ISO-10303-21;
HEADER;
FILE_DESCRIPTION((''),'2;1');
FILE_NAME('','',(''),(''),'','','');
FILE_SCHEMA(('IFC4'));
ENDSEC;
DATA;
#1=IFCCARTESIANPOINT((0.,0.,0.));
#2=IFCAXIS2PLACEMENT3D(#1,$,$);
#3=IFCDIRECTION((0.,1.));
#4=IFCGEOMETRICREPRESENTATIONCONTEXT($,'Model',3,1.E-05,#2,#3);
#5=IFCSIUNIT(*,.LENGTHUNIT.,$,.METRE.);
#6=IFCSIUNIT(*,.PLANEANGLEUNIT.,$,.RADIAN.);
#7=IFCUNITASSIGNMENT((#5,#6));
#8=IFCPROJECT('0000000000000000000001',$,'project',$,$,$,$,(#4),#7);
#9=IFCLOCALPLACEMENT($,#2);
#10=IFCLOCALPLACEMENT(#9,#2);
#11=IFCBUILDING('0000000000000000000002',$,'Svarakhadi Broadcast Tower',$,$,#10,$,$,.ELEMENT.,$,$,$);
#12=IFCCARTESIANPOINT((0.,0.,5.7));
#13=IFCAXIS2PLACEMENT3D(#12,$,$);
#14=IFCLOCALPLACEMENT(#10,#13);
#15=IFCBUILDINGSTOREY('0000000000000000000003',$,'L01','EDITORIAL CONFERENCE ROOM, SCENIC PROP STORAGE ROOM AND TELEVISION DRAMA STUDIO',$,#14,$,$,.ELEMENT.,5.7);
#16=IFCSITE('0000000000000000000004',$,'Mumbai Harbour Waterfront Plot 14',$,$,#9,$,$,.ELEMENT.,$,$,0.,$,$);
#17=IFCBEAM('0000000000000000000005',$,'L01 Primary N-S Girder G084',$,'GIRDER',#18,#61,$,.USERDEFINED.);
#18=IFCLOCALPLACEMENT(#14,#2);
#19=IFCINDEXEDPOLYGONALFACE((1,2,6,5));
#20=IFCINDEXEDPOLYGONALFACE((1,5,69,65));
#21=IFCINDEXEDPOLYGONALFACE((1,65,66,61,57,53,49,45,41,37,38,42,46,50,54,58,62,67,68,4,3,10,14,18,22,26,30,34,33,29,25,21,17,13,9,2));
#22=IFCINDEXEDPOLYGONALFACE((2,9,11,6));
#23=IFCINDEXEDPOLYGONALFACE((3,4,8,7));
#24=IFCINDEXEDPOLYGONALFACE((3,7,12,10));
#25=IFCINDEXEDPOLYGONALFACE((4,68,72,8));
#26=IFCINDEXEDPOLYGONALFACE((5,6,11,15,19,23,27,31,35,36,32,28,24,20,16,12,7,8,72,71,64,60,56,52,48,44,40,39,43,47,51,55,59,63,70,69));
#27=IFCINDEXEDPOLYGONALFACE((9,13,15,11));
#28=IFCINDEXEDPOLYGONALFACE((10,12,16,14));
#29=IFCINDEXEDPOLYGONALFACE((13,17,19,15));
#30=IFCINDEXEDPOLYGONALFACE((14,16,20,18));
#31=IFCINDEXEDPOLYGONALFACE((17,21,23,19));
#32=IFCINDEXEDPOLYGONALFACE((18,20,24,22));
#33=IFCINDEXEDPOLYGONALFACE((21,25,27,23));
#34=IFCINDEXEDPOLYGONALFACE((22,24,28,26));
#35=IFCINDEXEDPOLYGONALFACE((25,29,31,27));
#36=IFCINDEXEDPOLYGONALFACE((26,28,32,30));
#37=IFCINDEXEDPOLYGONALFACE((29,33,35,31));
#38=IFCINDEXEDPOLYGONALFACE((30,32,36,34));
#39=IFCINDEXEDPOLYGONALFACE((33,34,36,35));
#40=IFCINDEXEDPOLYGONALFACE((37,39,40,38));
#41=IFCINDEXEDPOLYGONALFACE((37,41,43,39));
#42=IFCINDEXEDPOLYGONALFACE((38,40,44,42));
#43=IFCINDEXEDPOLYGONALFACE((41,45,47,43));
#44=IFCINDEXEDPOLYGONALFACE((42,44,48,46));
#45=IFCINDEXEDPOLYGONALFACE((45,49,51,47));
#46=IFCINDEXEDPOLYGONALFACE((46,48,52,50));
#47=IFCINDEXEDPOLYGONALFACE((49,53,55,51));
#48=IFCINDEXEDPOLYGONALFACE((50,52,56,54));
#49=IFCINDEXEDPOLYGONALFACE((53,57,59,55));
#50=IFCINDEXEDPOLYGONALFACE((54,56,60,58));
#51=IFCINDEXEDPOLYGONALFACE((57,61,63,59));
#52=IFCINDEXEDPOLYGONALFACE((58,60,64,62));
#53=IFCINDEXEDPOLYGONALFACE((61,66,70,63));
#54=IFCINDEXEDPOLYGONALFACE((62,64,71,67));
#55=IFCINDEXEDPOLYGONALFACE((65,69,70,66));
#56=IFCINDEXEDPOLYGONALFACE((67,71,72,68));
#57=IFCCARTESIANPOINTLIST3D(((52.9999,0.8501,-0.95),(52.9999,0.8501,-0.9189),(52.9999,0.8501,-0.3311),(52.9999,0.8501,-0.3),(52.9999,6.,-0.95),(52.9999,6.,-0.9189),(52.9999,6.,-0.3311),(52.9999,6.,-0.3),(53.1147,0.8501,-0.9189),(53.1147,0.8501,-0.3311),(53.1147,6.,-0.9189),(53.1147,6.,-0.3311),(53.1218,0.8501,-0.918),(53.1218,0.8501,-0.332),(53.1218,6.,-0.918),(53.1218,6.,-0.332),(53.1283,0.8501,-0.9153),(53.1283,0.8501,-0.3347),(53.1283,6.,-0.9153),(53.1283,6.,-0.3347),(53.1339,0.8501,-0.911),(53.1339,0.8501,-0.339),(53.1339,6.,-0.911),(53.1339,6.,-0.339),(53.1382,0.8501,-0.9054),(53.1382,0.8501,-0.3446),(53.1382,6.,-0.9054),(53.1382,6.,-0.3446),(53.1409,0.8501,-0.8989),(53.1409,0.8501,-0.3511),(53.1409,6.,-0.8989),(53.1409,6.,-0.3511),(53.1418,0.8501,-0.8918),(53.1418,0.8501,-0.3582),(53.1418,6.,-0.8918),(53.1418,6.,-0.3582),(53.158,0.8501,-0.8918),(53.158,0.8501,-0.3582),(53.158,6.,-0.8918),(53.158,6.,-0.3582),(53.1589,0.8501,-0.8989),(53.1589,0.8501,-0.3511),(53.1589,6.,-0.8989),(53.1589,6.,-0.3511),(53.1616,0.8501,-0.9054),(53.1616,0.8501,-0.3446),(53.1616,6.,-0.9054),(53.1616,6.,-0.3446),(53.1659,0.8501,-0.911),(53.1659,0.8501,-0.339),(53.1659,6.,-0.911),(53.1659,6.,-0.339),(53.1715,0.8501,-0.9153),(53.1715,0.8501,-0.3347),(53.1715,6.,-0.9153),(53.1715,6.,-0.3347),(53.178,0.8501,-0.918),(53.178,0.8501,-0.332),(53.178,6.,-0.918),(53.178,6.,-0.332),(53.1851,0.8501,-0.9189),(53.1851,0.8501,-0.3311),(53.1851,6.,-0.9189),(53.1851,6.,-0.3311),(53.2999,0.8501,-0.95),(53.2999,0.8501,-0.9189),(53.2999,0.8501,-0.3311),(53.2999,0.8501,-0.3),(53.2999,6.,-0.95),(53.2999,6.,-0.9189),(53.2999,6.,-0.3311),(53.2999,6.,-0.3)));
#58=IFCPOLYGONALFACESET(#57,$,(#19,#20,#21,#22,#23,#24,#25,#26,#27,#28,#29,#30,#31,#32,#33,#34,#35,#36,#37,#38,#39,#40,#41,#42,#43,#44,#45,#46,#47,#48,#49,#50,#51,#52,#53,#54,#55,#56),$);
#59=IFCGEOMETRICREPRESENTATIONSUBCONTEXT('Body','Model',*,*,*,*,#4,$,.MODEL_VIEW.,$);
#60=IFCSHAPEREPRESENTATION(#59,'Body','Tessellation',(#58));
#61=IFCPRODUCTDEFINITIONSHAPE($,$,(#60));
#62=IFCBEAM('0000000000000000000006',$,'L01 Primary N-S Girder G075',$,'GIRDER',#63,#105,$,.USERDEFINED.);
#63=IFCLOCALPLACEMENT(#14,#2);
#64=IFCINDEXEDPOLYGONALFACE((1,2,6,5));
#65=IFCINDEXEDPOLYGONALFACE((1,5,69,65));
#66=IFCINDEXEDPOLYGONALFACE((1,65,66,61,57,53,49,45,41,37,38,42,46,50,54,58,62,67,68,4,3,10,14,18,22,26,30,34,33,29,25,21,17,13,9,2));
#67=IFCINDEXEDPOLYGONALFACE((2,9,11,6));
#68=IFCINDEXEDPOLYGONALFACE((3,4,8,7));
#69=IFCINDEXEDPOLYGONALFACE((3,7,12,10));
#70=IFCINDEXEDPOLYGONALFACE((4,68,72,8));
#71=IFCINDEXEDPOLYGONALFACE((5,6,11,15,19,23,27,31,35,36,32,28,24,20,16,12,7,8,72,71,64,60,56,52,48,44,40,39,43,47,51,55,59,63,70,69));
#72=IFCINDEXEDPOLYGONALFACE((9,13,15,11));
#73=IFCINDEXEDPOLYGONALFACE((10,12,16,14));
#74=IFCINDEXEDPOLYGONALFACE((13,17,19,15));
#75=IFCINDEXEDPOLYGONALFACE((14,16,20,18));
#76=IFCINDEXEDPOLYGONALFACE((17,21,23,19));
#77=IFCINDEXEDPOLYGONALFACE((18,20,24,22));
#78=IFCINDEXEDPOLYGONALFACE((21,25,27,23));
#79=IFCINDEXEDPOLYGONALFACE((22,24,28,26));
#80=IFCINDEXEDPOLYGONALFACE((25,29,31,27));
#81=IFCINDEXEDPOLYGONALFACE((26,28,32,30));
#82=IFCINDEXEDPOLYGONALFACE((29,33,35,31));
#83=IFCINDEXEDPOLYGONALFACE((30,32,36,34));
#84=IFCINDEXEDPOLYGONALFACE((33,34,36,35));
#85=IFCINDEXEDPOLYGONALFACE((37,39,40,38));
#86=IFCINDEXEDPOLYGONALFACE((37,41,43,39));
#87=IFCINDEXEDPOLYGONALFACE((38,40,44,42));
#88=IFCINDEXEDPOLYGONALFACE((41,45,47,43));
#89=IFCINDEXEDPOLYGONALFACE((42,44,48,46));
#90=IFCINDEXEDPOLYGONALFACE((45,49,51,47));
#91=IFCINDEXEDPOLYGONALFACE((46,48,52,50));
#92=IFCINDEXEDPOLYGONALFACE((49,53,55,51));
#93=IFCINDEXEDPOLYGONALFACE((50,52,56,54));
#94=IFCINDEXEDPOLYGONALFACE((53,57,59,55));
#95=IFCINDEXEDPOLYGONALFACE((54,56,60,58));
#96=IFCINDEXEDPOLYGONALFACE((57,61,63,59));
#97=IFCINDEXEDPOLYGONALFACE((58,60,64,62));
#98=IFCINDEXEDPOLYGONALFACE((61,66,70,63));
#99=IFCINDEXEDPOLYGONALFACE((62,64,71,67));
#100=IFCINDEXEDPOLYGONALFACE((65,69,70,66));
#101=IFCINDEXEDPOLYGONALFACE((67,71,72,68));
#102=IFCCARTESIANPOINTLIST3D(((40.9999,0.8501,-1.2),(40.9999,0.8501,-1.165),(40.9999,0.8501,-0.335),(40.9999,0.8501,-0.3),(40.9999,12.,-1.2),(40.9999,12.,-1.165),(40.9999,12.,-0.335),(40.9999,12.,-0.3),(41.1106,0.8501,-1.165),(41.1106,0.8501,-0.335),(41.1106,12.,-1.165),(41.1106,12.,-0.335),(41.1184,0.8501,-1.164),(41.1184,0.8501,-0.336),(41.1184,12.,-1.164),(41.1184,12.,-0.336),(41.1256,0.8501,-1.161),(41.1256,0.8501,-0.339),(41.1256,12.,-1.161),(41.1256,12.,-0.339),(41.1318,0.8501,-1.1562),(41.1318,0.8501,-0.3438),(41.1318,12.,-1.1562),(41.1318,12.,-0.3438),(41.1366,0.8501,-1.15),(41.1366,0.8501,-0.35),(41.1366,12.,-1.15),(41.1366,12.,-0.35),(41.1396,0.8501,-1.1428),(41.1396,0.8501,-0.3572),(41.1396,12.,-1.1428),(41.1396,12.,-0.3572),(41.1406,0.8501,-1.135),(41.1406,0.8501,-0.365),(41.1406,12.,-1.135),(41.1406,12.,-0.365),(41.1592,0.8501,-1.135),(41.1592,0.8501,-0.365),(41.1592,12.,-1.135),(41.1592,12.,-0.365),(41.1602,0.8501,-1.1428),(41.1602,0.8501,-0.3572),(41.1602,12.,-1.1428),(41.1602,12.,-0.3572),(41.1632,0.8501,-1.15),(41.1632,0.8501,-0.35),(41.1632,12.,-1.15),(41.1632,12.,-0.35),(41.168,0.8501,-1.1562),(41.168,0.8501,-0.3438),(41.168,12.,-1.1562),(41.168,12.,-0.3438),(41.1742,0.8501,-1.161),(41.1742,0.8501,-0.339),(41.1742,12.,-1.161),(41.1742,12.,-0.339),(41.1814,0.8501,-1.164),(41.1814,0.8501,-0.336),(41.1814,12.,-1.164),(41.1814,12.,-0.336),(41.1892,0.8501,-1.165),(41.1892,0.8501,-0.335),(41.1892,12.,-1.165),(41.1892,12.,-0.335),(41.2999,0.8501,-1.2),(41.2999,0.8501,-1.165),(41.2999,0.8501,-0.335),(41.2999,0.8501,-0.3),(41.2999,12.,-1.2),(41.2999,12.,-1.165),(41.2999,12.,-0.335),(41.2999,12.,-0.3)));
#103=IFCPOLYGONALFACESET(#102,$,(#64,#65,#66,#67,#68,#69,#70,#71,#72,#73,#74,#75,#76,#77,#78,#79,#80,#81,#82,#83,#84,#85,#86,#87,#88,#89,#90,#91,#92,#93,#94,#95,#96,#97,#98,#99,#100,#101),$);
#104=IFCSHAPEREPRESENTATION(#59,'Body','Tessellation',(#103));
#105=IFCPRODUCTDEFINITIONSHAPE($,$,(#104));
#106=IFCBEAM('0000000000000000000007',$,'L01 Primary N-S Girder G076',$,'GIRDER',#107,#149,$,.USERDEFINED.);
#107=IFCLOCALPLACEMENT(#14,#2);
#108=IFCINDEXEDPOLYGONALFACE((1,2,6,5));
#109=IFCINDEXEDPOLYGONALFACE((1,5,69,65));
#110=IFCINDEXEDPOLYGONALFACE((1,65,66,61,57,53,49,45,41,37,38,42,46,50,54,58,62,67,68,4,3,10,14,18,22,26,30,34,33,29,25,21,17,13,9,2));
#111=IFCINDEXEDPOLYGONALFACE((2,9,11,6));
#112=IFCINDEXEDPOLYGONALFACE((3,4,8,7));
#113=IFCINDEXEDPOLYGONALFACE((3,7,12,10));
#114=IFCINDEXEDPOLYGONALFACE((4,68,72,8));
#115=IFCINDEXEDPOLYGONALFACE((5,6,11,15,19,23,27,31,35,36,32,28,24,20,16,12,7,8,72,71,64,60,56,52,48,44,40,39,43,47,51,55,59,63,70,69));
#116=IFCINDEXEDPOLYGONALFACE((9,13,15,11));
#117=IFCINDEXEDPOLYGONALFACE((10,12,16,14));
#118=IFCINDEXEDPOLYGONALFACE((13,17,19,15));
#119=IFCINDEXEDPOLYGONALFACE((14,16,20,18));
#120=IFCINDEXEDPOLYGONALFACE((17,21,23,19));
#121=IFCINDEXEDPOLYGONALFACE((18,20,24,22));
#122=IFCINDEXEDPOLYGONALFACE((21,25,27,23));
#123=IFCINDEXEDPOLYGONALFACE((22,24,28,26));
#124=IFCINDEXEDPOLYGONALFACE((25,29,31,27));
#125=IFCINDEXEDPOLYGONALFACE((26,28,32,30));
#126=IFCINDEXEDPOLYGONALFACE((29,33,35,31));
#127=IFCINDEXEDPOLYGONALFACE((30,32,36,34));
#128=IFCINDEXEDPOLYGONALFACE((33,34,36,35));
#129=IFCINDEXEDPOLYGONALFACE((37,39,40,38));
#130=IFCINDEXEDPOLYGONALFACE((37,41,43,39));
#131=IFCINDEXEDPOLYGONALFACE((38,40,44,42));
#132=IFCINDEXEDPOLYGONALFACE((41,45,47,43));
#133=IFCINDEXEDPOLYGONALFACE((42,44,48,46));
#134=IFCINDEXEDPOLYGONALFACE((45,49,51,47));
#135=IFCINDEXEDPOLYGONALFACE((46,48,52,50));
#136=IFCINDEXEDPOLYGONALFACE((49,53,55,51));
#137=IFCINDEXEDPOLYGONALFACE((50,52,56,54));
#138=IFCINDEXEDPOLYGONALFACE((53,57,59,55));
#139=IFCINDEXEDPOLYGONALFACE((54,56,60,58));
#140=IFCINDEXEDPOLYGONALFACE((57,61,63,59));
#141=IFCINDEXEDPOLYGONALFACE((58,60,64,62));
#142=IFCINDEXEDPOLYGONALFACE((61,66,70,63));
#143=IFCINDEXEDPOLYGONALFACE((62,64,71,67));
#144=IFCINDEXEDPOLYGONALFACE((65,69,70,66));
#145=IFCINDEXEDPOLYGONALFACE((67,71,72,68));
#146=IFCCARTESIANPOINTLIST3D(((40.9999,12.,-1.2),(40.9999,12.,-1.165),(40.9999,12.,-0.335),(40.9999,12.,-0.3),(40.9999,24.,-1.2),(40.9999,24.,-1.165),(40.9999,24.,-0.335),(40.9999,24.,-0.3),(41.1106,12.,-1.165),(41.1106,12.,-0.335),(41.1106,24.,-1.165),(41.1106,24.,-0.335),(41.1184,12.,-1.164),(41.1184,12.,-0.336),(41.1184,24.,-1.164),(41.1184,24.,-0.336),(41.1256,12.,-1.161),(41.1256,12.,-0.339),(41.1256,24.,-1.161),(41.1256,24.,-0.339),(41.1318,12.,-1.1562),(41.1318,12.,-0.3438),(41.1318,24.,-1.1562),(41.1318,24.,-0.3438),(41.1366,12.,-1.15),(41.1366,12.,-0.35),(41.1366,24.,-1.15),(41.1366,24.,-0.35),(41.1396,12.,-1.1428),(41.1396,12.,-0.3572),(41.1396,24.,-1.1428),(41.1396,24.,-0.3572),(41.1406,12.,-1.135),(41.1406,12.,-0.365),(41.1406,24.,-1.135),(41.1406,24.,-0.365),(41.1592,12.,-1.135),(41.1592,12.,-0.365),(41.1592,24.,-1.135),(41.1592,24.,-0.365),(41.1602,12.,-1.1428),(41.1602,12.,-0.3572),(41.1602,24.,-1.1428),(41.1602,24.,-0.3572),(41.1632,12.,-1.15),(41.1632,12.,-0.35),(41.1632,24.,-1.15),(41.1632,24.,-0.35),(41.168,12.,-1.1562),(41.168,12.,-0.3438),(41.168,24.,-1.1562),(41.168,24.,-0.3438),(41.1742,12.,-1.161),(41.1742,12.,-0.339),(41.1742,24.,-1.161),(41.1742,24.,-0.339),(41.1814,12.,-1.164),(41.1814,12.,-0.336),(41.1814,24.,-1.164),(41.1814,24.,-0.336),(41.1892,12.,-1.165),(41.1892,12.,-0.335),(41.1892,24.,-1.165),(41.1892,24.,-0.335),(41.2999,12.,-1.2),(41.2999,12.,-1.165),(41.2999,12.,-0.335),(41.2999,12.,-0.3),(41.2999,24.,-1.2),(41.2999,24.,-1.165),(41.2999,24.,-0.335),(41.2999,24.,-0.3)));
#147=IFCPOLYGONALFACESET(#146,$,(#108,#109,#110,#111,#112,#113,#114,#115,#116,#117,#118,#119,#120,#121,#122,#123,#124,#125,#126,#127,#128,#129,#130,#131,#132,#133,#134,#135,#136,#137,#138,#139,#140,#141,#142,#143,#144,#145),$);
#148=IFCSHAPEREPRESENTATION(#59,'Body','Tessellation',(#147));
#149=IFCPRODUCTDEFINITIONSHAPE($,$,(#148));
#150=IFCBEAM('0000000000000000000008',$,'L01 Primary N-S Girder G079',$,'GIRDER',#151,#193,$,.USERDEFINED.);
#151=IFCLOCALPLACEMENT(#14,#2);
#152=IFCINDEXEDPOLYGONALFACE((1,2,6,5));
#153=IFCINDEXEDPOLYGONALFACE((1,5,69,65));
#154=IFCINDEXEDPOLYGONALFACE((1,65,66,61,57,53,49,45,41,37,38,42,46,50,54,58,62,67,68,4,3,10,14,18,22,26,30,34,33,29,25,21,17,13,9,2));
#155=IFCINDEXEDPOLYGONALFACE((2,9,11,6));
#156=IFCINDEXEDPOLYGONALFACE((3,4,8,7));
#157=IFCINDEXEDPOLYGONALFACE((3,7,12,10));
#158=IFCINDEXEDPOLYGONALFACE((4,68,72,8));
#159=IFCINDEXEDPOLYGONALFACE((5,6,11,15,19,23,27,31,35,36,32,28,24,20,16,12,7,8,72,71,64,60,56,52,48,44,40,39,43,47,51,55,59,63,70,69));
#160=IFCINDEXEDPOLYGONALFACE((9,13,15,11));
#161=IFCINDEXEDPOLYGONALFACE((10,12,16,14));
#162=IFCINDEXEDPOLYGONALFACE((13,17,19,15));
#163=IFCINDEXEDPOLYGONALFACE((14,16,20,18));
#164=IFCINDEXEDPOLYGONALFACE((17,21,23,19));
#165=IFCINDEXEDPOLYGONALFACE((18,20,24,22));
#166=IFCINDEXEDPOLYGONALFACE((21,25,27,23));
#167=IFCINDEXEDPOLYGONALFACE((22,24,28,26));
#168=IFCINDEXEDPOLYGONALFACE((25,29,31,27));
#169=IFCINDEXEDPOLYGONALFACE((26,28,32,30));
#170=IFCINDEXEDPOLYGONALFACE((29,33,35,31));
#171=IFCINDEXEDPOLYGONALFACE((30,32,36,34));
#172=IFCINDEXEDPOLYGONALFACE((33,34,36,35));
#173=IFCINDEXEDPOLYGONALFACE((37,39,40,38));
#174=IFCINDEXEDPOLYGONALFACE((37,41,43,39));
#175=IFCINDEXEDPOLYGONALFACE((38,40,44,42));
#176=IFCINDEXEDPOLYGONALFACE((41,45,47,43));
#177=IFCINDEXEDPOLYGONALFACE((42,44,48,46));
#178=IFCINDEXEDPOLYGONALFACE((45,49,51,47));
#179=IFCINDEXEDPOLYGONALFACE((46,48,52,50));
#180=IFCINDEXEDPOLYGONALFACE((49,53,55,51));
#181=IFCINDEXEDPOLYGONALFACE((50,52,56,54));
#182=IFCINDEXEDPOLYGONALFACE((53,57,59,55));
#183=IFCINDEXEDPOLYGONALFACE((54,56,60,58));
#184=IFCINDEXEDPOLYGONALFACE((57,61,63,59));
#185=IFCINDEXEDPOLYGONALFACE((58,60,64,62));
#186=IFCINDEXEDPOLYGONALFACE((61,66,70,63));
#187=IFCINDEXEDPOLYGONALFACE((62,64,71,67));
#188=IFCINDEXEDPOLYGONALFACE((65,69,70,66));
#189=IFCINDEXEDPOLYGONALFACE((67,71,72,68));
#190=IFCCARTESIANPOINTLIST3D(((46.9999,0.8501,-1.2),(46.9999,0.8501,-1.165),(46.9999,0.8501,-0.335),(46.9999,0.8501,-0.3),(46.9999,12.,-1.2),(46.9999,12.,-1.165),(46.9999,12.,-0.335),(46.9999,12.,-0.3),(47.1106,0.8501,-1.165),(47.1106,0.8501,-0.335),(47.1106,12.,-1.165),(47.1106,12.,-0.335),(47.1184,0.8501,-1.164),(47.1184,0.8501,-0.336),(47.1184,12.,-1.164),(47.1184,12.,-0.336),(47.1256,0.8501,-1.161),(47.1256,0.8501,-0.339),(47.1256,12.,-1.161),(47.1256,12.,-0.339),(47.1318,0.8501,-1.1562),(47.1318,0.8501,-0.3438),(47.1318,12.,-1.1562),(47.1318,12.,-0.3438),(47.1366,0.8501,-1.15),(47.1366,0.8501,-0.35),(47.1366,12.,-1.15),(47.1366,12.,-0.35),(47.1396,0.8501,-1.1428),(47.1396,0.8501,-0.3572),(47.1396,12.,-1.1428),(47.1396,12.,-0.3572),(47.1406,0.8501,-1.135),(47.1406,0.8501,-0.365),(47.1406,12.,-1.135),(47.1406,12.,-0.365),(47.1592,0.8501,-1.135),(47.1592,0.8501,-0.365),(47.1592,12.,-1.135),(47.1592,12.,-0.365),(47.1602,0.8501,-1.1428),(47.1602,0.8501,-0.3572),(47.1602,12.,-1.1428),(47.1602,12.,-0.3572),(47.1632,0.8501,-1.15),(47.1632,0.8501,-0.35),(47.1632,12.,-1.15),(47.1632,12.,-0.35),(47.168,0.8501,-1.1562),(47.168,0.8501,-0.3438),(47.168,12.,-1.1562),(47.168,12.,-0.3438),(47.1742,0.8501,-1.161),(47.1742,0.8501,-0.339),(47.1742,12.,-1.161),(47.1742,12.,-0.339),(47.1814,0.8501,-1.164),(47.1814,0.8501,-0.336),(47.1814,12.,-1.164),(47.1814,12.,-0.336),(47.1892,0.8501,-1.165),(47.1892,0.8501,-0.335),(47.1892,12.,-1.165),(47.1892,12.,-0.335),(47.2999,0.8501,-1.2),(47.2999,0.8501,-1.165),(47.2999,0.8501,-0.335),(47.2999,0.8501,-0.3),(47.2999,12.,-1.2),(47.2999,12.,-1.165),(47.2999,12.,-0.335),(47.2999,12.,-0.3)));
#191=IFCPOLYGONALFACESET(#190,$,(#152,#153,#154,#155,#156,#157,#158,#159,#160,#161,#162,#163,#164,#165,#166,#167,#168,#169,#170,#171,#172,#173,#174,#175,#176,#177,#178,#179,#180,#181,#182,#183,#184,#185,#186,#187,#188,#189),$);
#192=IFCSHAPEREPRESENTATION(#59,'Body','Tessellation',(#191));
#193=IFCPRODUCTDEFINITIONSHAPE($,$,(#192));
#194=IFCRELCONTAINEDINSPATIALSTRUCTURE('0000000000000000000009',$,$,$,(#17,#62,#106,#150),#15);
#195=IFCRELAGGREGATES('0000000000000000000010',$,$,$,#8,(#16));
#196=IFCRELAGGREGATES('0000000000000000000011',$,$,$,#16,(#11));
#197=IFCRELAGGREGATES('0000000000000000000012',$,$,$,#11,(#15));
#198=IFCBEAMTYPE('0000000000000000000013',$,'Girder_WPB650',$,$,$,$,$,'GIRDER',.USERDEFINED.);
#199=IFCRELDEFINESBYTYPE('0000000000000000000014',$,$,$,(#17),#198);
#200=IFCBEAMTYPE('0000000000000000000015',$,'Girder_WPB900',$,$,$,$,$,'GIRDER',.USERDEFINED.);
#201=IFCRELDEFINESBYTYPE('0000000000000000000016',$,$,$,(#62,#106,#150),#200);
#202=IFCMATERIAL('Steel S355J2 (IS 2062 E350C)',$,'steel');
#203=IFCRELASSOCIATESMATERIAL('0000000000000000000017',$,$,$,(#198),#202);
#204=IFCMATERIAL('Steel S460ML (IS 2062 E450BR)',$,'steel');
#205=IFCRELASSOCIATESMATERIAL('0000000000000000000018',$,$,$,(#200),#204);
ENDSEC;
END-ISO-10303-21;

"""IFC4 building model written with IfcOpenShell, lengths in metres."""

from ifc_helpers import new_model, si_unit, direction, frame, origin, origin_2d, place, context, subcontext, project, spatial, i_section, extrude, material, material_profile, profile_set, type_object, element, save


model = new_model("IFC4")

# Units and contexts
model_context = context("Model", 3, precision=1e-05, world=origin(), true_north=direction((0.0, 1.0)))
body_context = subcontext(model_context, "Body", "Model", "MODEL_VIEW")
ifc_project = project(units=[si_unit("LENGTHUNIT", "METRE"), si_unit("PLANEANGLEUNIT", "RADIAN")], contexts=[model_context])

# Site, building, storey
site_placement = place(None, origin())
site = spatial("IfcSite", under=ifc_project, at=site_placement, Name="Mumbai Harbour Waterfront Plot 14", CompositionType="ELEMENT", RefElevation=0.0)
building_placement = place(site_placement, origin())
building = spatial("IfcBuilding", under=site, at=building_placement, Name="Svarakhadi Broadcast Tower", CompositionType="ELEMENT")
storey_placement = place(building_placement, frame((0.0, 0.0, 5.7)))
storey = spatial("IfcBuildingStorey", under=building, at=storey_placement, Name="L01", Description="EDITORIAL CONFERENCE ROOM, SCENIC PROP STORAGE ROOM AND TELEVISION DRAMA STUDIO", CompositionType="ELEMENT", Elevation=5.7)

# Shared definitions
ifc_material_1 = material(Name="Steel S460ML (IS 2062 E450BR)", Category="steel")

# Shared definitions
ifc_material_2 = material(Name="Steel S355J2 (IS 2062 E350C)", Category="steel")

# Beams
ifc_material_profile_1 = material_profile(ifc_material_2, i_section(OverallWidth=0.3, OverallDepth=0.6499, WebThickness=0.0161, FlangeThickness=0.031, FilletRadius=0.0271, at=origin_2d()), Name="WPB 650x300x225")
ifc_profile_set_1 = profile_set([ifc_material_profile_1], Name="Steel S355J2 (IS 2062 E350C)")
beam_type_1 = type_object("IfcBeamType", Name="Girder_WPB650", ElementType="GIRDER", PredefinedType="USERDEFINED", material=ifc_profile_set_1)
beam_1_placement = place(storey_placement, frame((53.1499, 0.8501, -0.625), z_axis=(0.0, 1.0, 0.0), x_axis=(-1.0, 0.0, 0.0)))
element("IfcBeam", 1, at=beam_1_placement, inside=storey, type_object=beam_type_1, Name="L01 Primary N-S Girder G084", ObjectType="GIRDER", PredefinedType="USERDEFINED", context=body_context, shape_type="SweptSolid", body=[
    extrude(i_section(OverallWidth=0.3, OverallDepth=0.6499, WebThickness=0.0161, FlangeThickness=0.031, FilletRadius=0.0271, at=origin_2d()), origin(), (0.0, 0.0, 1.0), 5.1499),
])
ifc_material_profile_2 = material_profile(ifc_material_1, i_section(OverallWidth=0.3, OverallDepth=0.8999, WebThickness=0.0186, FlangeThickness=0.0349, FilletRadius=0.03, at=origin_2d()), Name="WPB 900x300x291")
ifc_profile_set_2 = profile_set([ifc_material_profile_2], Name="Steel S460ML (IS 2062 E450BR)")
beam_type_2 = type_object("IfcBeamType", Name="Girder_WPB900", ElementType="GIRDER", PredefinedType="USERDEFINED", material=ifc_profile_set_2)
beam_2_placement = place(storey_placement, frame((41.1499, 0.8501, -0.75), z_axis=(0.0, 1.0, 0.0), x_axis=(-1.0, 0.0, 0.0)))
element("IfcBeam", 2, at=beam_2_placement, inside=storey, type_object=beam_type_2, Name="L01 Primary N-S Girder G075", ObjectType="GIRDER", PredefinedType="USERDEFINED", context=body_context, shape_type="SweptSolid", body=[
    extrude(i_section(OverallWidth=0.3, OverallDepth=0.8999, WebThickness=0.0186, FlangeThickness=0.0349, FilletRadius=0.03, at=origin_2d()), origin(), (0.0, 0.0, 1.0), 11.1499),
])
beam_3_placement = place(storey_placement, frame((41.1499, 12.0, -0.75), z_axis=(0.0, 1.0, 0.0), x_axis=(-1.0, 0.0, 0.0)))
element("IfcBeam", 3, at=beam_3_placement, inside=storey, type_object=beam_type_2, Name="L01 Primary N-S Girder G076", ObjectType="GIRDER", PredefinedType="USERDEFINED", context=body_context, shape_type="SweptSolid", body=[
    extrude(i_section(OverallWidth=0.3, OverallDepth=0.8999, WebThickness=0.0186, FlangeThickness=0.0349, FilletRadius=0.03, at=origin_2d()), origin(), (0.0, 0.0, 1.0), 12.0),
])
beam_4_placement = place(storey_placement, frame((47.1499, 0.8501, -0.75), z_axis=(0.0, 1.0, 0.0), x_axis=(-1.0, 0.0, 0.0)))
element("IfcBeam", 4, at=beam_4_placement, inside=storey, type_object=beam_type_2, Name="L01 Primary N-S Girder G079", ObjectType="GIRDER", PredefinedType="USERDEFINED", context=body_context, shape_type="SweptSolid", body=[
    extrude(i_section(OverallWidth=0.3, OverallDepth=0.8999, WebThickness=0.0186, FlangeThickness=0.0349, FilletRadius=0.03, at=origin_2d()), origin(), (0.0, 0.0, 1.0), 11.1499),
])

save(model, "model.ifc")
